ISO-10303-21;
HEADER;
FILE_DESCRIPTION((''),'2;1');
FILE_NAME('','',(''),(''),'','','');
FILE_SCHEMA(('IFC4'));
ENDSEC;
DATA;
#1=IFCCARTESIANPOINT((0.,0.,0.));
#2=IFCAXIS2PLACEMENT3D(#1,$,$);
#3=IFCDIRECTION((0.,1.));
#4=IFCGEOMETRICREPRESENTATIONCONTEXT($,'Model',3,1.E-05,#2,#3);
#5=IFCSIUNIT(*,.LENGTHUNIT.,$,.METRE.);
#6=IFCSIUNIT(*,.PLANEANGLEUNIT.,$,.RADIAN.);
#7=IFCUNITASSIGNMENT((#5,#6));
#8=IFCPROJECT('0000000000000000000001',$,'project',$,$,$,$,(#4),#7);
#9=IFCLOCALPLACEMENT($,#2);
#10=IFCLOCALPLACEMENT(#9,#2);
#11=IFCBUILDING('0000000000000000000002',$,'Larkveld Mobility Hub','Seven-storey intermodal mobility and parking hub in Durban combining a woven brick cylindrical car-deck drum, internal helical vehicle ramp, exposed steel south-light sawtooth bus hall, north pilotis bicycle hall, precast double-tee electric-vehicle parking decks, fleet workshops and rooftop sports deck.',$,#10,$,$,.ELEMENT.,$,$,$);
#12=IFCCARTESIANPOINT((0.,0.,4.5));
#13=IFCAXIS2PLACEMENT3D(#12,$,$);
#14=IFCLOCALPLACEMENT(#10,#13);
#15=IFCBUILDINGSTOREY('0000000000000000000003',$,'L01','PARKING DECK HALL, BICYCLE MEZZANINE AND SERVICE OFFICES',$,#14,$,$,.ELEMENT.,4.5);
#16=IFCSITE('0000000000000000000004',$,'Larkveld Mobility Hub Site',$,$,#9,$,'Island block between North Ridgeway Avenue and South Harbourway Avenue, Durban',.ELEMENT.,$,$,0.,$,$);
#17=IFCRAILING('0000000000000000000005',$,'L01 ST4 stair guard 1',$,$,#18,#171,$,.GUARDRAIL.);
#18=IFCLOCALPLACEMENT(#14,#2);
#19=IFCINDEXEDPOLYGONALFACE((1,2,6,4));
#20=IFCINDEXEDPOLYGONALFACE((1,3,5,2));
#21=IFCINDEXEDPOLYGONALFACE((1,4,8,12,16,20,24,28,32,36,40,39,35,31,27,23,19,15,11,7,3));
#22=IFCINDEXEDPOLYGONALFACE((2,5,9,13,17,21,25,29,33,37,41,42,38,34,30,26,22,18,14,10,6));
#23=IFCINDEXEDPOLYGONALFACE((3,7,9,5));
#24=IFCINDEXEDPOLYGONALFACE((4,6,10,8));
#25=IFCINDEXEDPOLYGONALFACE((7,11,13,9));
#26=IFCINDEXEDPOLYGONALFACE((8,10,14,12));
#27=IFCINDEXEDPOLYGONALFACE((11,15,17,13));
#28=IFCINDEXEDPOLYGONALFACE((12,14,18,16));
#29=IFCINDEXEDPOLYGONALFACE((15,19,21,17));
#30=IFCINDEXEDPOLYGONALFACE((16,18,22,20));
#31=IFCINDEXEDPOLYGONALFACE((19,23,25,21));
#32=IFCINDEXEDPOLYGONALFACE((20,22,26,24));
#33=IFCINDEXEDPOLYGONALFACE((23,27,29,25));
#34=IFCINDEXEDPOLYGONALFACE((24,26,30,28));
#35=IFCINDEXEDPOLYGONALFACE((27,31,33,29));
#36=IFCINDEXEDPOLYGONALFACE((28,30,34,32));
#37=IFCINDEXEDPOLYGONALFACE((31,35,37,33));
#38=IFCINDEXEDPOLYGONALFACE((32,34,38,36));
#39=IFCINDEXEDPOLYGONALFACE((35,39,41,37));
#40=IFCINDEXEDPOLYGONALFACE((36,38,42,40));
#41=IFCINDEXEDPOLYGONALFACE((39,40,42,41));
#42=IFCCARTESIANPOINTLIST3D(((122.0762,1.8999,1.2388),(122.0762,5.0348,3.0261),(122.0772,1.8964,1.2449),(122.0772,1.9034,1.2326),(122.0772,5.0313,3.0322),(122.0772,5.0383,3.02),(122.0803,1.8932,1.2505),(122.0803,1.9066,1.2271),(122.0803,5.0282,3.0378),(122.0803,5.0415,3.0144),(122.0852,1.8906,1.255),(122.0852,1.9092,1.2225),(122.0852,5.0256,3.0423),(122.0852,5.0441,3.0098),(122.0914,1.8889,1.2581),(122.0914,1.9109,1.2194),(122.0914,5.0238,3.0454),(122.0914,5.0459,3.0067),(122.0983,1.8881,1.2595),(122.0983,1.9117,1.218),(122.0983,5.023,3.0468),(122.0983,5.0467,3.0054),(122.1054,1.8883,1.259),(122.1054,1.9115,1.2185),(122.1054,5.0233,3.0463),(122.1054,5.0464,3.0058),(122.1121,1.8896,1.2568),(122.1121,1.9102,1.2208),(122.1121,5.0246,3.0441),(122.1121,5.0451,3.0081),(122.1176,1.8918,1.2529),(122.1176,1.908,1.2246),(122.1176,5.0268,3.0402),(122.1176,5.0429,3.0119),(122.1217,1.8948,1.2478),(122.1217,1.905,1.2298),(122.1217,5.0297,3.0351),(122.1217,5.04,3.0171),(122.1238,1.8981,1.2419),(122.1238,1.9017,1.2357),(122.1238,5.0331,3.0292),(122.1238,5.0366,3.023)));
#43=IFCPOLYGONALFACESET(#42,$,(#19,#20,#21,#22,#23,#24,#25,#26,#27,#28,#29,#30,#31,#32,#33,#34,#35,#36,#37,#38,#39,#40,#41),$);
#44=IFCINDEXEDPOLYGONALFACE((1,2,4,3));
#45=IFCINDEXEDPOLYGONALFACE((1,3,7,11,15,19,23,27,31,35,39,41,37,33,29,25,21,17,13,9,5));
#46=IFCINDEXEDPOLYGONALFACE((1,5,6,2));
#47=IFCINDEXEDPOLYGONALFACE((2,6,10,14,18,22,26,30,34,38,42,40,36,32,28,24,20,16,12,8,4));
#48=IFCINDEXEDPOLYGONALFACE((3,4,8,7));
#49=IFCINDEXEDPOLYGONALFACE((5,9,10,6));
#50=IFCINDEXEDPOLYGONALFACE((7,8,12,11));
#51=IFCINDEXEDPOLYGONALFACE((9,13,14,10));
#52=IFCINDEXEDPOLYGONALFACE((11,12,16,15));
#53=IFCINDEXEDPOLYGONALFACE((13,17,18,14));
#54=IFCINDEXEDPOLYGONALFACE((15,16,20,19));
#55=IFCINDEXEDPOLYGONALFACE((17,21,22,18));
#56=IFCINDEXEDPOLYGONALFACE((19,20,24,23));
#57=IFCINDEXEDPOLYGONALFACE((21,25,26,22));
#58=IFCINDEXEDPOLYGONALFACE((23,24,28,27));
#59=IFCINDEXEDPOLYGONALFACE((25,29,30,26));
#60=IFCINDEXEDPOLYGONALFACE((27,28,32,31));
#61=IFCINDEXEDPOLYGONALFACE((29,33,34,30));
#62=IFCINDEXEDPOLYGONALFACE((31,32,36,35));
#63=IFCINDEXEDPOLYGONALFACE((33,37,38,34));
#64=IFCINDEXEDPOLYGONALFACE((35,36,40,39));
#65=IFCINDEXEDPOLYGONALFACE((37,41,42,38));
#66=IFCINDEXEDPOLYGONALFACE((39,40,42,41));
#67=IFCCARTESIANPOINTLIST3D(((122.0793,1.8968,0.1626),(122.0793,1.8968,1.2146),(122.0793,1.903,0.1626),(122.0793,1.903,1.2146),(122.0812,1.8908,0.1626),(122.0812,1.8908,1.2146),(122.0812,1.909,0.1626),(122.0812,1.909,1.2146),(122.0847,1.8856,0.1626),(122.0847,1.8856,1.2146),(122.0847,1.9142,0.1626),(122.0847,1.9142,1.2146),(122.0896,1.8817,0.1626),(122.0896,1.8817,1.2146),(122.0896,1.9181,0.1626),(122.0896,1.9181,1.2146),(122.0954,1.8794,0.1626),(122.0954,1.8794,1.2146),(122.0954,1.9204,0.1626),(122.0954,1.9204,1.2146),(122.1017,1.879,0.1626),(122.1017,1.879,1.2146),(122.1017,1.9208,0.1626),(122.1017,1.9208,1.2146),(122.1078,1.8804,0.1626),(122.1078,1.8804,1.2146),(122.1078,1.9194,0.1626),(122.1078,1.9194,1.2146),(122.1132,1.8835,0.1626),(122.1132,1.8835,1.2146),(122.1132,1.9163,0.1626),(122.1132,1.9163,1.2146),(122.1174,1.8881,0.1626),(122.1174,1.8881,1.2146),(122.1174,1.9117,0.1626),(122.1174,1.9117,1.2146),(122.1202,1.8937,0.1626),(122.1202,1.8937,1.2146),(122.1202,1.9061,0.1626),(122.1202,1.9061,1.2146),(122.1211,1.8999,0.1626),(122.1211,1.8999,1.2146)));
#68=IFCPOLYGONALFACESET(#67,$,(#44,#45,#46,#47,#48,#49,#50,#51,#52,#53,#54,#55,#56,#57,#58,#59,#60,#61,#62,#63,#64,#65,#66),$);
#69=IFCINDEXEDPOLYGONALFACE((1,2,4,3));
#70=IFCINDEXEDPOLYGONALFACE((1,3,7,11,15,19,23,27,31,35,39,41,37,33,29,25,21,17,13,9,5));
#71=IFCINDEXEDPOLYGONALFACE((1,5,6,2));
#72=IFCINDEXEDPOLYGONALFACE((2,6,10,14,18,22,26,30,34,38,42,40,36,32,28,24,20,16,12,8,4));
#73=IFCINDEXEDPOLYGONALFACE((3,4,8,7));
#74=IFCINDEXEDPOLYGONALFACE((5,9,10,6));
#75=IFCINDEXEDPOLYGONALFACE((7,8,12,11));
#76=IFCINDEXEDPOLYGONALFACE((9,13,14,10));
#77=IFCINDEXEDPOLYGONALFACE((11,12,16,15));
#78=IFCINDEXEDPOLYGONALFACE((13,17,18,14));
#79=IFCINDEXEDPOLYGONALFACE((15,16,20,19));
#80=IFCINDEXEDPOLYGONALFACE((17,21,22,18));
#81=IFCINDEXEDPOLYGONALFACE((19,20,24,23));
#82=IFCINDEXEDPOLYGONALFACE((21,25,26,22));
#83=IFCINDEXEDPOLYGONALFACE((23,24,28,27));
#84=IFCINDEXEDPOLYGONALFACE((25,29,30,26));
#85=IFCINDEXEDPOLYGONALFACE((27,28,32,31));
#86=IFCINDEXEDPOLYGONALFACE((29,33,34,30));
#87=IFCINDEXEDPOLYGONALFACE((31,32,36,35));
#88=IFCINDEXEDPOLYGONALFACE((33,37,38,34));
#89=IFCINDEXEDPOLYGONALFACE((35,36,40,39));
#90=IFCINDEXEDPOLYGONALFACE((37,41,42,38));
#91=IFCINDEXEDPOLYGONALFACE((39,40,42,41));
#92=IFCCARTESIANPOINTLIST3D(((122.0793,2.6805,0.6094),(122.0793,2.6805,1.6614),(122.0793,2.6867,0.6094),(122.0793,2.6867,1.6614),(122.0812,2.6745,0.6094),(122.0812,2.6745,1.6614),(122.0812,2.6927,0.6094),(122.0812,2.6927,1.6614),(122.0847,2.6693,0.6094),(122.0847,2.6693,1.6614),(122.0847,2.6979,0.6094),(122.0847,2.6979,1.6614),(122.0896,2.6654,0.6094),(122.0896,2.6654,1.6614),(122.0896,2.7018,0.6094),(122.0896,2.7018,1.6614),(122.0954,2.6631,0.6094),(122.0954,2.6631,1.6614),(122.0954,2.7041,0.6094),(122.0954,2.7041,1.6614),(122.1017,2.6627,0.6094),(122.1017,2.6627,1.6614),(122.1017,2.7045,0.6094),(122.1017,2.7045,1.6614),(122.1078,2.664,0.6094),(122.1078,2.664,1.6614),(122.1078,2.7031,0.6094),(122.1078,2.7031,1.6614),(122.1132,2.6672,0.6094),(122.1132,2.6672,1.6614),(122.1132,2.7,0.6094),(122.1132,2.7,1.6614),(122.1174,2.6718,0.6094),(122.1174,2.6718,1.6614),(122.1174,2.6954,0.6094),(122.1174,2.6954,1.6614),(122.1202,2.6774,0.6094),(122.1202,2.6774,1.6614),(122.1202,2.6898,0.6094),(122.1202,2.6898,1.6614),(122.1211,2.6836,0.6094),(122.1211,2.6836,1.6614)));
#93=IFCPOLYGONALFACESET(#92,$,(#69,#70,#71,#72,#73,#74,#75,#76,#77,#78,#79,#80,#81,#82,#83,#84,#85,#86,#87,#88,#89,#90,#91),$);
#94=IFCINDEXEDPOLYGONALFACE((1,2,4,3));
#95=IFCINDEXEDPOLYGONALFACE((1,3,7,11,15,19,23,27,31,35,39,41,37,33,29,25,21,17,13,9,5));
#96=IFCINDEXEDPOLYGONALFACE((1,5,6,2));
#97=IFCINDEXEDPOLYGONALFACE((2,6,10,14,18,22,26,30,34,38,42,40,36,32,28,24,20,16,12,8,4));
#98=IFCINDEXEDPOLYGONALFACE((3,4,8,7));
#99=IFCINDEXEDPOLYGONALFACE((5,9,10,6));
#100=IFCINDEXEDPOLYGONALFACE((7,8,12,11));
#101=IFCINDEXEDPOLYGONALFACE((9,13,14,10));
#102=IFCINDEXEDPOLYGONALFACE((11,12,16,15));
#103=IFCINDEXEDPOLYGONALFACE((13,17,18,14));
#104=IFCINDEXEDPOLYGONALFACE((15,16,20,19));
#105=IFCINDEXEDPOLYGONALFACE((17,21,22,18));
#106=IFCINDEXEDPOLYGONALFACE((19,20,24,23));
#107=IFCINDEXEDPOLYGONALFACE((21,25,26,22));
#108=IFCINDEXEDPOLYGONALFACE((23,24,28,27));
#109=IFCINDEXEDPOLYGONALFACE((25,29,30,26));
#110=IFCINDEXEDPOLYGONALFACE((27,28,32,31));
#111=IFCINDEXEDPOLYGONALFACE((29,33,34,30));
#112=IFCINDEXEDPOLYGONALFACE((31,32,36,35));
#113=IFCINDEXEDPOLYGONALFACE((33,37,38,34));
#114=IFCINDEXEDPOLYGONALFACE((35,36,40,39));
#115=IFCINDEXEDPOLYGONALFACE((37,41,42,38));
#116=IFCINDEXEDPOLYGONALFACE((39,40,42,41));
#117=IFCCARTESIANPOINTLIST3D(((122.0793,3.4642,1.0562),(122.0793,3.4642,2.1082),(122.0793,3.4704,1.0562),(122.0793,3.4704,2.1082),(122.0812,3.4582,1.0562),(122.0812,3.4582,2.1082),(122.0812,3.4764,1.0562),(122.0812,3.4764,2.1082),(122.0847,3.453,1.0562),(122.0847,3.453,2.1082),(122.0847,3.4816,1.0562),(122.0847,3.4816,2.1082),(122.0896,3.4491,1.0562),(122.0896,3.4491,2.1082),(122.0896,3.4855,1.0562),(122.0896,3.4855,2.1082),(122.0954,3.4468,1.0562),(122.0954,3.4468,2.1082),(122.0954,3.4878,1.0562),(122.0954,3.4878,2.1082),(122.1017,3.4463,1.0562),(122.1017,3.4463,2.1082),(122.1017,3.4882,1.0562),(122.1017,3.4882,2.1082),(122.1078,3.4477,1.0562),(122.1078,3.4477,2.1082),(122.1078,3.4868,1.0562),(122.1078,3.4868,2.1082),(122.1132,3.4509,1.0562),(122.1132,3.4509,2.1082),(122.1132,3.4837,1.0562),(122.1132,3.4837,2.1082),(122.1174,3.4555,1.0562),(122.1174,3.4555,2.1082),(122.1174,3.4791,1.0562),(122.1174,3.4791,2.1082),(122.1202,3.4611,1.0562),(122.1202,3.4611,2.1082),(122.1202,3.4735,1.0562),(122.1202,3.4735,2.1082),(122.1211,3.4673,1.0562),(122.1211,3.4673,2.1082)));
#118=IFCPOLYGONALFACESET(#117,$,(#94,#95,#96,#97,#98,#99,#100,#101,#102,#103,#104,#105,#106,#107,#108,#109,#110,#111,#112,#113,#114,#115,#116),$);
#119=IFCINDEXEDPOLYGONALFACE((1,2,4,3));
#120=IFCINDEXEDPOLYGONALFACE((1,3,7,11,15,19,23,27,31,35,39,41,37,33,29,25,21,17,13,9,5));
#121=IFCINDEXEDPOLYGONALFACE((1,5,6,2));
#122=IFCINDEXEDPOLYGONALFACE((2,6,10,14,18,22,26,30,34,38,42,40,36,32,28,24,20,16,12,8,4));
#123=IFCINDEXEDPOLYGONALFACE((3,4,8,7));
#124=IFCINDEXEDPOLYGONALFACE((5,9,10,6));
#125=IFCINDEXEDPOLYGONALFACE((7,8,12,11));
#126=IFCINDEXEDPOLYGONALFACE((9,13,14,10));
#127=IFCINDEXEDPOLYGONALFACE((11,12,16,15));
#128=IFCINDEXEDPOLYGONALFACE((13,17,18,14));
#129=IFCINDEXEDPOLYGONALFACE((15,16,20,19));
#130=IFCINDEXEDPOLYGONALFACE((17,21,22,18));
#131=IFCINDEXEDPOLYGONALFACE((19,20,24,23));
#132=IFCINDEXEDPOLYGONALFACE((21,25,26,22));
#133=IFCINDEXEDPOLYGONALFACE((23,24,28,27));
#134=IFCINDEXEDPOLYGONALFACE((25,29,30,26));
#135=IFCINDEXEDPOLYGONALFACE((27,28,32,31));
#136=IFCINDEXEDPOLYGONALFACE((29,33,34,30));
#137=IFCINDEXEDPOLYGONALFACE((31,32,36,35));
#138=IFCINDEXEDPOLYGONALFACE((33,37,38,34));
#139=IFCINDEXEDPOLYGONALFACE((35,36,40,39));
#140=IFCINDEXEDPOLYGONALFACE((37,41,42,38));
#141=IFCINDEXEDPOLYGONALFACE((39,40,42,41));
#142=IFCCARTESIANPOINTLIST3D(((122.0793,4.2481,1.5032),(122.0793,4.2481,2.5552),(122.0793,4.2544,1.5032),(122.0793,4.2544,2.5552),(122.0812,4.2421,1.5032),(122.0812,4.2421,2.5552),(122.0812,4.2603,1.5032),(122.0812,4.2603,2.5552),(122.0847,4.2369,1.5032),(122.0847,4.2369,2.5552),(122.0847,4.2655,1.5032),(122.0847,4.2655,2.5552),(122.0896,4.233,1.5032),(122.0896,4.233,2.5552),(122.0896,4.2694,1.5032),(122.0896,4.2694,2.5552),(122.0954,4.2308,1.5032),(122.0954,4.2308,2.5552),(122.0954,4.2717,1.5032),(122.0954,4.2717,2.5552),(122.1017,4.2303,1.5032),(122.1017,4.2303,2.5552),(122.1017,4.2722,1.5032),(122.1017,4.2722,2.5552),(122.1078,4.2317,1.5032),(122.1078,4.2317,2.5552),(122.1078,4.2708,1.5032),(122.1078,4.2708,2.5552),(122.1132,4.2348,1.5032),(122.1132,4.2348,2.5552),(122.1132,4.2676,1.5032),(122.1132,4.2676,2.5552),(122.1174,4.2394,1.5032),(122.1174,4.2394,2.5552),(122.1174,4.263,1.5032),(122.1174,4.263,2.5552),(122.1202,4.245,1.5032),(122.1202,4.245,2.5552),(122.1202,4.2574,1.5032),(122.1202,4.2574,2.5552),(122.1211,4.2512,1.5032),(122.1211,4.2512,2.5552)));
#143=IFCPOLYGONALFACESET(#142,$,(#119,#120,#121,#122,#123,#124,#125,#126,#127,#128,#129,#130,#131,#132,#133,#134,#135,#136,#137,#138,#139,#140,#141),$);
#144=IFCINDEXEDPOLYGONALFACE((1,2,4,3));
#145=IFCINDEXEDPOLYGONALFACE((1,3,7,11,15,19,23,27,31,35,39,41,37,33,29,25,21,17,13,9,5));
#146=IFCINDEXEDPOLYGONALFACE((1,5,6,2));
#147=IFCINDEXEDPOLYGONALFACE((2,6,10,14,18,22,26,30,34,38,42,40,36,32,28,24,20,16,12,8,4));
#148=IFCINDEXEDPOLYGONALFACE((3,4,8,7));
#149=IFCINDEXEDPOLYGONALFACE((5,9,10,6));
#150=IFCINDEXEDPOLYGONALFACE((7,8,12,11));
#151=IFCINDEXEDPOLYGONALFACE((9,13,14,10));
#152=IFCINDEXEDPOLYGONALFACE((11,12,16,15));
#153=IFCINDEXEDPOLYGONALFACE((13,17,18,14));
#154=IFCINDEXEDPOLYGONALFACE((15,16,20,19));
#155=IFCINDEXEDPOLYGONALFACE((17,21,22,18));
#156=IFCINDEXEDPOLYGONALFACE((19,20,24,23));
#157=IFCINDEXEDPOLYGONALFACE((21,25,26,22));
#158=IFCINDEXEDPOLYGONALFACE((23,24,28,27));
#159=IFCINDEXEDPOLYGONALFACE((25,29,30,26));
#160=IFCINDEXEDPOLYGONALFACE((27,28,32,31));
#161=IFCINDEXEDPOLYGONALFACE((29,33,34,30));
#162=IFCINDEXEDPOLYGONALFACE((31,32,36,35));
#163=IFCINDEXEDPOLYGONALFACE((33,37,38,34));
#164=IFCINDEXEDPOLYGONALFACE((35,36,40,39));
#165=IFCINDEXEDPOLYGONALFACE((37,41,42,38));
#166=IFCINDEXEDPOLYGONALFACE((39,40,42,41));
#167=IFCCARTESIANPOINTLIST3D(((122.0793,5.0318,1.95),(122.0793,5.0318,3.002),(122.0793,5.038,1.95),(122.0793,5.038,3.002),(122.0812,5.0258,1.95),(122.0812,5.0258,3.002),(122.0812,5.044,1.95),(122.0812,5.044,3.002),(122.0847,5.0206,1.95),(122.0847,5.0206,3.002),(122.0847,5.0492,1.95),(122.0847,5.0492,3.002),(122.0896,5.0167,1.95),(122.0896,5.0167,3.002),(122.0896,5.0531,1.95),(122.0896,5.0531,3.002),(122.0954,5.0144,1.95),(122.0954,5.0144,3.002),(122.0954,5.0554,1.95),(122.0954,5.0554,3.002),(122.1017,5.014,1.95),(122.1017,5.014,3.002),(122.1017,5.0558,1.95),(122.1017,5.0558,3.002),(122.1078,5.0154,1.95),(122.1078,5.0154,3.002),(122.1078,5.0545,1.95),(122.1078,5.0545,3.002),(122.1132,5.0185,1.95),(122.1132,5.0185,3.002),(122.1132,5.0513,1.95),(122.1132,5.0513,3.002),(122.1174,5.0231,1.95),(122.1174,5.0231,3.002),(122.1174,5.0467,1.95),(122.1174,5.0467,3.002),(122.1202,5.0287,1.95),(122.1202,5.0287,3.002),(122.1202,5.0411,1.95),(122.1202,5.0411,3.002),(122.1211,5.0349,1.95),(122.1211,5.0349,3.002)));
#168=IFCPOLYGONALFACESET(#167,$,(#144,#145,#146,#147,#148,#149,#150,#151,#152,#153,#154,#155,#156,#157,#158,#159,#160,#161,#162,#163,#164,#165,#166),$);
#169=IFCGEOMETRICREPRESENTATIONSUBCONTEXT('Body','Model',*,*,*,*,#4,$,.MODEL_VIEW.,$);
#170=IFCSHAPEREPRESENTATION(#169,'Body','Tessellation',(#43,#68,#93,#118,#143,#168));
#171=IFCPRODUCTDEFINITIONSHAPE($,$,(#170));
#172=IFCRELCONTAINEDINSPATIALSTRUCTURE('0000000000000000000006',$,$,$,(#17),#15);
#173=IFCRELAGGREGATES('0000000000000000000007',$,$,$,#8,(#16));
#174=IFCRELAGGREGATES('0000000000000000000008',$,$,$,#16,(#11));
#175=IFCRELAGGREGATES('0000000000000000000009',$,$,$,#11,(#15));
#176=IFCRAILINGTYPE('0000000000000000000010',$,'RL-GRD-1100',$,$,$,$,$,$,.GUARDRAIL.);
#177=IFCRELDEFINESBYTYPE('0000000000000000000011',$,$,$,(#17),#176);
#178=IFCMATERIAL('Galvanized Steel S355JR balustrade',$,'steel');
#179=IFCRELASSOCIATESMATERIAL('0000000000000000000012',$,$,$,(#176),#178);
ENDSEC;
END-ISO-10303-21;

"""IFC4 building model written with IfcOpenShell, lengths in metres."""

from ifc_helpers import new_model, si_unit, direction, frame, origin, origin_2d, place, context, subcontext, project, spatial, circle, extrude, material, type_object, element, save


model = new_model("IFC4")

# Units and contexts
model_context = context("Model", 3, precision=1e-05, world=origin(), true_north=direction((0.0, 1.0)))
body_context = subcontext(model_context, "Body", "Model", "MODEL_VIEW")
ifc_project = project(units=[si_unit("LENGTHUNIT", "METRE"), si_unit("PLANEANGLEUNIT", "RADIAN")], contexts=[model_context])

# Site, building, storey
site_placement = place(None, origin())
site = spatial("IfcSite", under=ifc_project, at=site_placement, Name="Larkveld Mobility Hub Site", LongName="Island block between North Ridgeway Avenue and South Harbourway Avenue, Durban", CompositionType="ELEMENT", RefElevation=0.0)
building_placement = place(site_placement, origin())
building = spatial("IfcBuilding", under=site, at=building_placement, Name="Larkveld Mobility Hub", Description="Seven-storey intermodal mobility and parking hub in Durban combining a woven brick cylindrical car-deck drum, internal helical vehicle ramp, exposed steel south-light sawtooth bus hall, north pilotis bicycle hall, precast double-tee electric-vehicle parking decks, fleet workshops and rooftop sports deck.", CompositionType="ELEMENT")
storey_placement = place(building_placement, frame((0.0, 0.0, 4.5)))
storey = spatial("IfcBuildingStorey", under=building, at=storey_placement, Name="L01", Description="PARKING DECK HALL, BICYCLE MEZZANINE AND SERVICE OFFICES", CompositionType="ELEMENT", Elevation=4.5)

# Railing
ifc_material_1 = material(Name="Galvanized Steel S355JR balustrade", Category="steel")
railing_type_1 = type_object("IfcRailingType", Name="RL-GRD-1100", PredefinedType="GUARDRAIL", material=ifc_material_1)
railing_1_placement = place(storey_placement, frame((122.1001, 1.8999, 0.1626)))
element("IfcRailing", 1, at=railing_1_placement, inside=storey, type_object=railing_type_1, Name="L01 ST4 stair guard 1", PredefinedType="GUARDRAIL", context=body_context, shape_type="SweptSolid", body=[
    extrude(circle(Radius=0.0239, at=origin_2d()), frame((0.0, 0.0, 1.0762), z_axis=(0.0, 0.86873, 0.495286), x_axis=(-1.0, 0.0, 0.0)), (0.0, 0.0, 1.0), 3.6086),
    extrude(circle(Radius=0.021, at=origin_2d()), origin(), (0.0, 0.0, 1.0), 1.052),
    extrude(circle(Radius=0.021, at=origin_2d()), frame((0.0, 0.7837, 0.4468)), (0.0, 0.0, 1.0), 1.052),
    extrude(circle(Radius=0.021, at=origin_2d()), frame((0.0, 1.5674, 0.8936)), (0.0, 0.0, 1.0), 1.052),
    extrude(circle(Radius=0.021, at=origin_2d()), frame((0.0, 2.3513, 1.3406)), (0.0, 0.0, 1.0), 1.052),
    extrude(circle(Radius=0.021, at=origin_2d()), frame((0.0, 3.135, 1.7874)), (0.0, 0.0, 1.0), 1.052),
])

save(model, "model.ifc")
